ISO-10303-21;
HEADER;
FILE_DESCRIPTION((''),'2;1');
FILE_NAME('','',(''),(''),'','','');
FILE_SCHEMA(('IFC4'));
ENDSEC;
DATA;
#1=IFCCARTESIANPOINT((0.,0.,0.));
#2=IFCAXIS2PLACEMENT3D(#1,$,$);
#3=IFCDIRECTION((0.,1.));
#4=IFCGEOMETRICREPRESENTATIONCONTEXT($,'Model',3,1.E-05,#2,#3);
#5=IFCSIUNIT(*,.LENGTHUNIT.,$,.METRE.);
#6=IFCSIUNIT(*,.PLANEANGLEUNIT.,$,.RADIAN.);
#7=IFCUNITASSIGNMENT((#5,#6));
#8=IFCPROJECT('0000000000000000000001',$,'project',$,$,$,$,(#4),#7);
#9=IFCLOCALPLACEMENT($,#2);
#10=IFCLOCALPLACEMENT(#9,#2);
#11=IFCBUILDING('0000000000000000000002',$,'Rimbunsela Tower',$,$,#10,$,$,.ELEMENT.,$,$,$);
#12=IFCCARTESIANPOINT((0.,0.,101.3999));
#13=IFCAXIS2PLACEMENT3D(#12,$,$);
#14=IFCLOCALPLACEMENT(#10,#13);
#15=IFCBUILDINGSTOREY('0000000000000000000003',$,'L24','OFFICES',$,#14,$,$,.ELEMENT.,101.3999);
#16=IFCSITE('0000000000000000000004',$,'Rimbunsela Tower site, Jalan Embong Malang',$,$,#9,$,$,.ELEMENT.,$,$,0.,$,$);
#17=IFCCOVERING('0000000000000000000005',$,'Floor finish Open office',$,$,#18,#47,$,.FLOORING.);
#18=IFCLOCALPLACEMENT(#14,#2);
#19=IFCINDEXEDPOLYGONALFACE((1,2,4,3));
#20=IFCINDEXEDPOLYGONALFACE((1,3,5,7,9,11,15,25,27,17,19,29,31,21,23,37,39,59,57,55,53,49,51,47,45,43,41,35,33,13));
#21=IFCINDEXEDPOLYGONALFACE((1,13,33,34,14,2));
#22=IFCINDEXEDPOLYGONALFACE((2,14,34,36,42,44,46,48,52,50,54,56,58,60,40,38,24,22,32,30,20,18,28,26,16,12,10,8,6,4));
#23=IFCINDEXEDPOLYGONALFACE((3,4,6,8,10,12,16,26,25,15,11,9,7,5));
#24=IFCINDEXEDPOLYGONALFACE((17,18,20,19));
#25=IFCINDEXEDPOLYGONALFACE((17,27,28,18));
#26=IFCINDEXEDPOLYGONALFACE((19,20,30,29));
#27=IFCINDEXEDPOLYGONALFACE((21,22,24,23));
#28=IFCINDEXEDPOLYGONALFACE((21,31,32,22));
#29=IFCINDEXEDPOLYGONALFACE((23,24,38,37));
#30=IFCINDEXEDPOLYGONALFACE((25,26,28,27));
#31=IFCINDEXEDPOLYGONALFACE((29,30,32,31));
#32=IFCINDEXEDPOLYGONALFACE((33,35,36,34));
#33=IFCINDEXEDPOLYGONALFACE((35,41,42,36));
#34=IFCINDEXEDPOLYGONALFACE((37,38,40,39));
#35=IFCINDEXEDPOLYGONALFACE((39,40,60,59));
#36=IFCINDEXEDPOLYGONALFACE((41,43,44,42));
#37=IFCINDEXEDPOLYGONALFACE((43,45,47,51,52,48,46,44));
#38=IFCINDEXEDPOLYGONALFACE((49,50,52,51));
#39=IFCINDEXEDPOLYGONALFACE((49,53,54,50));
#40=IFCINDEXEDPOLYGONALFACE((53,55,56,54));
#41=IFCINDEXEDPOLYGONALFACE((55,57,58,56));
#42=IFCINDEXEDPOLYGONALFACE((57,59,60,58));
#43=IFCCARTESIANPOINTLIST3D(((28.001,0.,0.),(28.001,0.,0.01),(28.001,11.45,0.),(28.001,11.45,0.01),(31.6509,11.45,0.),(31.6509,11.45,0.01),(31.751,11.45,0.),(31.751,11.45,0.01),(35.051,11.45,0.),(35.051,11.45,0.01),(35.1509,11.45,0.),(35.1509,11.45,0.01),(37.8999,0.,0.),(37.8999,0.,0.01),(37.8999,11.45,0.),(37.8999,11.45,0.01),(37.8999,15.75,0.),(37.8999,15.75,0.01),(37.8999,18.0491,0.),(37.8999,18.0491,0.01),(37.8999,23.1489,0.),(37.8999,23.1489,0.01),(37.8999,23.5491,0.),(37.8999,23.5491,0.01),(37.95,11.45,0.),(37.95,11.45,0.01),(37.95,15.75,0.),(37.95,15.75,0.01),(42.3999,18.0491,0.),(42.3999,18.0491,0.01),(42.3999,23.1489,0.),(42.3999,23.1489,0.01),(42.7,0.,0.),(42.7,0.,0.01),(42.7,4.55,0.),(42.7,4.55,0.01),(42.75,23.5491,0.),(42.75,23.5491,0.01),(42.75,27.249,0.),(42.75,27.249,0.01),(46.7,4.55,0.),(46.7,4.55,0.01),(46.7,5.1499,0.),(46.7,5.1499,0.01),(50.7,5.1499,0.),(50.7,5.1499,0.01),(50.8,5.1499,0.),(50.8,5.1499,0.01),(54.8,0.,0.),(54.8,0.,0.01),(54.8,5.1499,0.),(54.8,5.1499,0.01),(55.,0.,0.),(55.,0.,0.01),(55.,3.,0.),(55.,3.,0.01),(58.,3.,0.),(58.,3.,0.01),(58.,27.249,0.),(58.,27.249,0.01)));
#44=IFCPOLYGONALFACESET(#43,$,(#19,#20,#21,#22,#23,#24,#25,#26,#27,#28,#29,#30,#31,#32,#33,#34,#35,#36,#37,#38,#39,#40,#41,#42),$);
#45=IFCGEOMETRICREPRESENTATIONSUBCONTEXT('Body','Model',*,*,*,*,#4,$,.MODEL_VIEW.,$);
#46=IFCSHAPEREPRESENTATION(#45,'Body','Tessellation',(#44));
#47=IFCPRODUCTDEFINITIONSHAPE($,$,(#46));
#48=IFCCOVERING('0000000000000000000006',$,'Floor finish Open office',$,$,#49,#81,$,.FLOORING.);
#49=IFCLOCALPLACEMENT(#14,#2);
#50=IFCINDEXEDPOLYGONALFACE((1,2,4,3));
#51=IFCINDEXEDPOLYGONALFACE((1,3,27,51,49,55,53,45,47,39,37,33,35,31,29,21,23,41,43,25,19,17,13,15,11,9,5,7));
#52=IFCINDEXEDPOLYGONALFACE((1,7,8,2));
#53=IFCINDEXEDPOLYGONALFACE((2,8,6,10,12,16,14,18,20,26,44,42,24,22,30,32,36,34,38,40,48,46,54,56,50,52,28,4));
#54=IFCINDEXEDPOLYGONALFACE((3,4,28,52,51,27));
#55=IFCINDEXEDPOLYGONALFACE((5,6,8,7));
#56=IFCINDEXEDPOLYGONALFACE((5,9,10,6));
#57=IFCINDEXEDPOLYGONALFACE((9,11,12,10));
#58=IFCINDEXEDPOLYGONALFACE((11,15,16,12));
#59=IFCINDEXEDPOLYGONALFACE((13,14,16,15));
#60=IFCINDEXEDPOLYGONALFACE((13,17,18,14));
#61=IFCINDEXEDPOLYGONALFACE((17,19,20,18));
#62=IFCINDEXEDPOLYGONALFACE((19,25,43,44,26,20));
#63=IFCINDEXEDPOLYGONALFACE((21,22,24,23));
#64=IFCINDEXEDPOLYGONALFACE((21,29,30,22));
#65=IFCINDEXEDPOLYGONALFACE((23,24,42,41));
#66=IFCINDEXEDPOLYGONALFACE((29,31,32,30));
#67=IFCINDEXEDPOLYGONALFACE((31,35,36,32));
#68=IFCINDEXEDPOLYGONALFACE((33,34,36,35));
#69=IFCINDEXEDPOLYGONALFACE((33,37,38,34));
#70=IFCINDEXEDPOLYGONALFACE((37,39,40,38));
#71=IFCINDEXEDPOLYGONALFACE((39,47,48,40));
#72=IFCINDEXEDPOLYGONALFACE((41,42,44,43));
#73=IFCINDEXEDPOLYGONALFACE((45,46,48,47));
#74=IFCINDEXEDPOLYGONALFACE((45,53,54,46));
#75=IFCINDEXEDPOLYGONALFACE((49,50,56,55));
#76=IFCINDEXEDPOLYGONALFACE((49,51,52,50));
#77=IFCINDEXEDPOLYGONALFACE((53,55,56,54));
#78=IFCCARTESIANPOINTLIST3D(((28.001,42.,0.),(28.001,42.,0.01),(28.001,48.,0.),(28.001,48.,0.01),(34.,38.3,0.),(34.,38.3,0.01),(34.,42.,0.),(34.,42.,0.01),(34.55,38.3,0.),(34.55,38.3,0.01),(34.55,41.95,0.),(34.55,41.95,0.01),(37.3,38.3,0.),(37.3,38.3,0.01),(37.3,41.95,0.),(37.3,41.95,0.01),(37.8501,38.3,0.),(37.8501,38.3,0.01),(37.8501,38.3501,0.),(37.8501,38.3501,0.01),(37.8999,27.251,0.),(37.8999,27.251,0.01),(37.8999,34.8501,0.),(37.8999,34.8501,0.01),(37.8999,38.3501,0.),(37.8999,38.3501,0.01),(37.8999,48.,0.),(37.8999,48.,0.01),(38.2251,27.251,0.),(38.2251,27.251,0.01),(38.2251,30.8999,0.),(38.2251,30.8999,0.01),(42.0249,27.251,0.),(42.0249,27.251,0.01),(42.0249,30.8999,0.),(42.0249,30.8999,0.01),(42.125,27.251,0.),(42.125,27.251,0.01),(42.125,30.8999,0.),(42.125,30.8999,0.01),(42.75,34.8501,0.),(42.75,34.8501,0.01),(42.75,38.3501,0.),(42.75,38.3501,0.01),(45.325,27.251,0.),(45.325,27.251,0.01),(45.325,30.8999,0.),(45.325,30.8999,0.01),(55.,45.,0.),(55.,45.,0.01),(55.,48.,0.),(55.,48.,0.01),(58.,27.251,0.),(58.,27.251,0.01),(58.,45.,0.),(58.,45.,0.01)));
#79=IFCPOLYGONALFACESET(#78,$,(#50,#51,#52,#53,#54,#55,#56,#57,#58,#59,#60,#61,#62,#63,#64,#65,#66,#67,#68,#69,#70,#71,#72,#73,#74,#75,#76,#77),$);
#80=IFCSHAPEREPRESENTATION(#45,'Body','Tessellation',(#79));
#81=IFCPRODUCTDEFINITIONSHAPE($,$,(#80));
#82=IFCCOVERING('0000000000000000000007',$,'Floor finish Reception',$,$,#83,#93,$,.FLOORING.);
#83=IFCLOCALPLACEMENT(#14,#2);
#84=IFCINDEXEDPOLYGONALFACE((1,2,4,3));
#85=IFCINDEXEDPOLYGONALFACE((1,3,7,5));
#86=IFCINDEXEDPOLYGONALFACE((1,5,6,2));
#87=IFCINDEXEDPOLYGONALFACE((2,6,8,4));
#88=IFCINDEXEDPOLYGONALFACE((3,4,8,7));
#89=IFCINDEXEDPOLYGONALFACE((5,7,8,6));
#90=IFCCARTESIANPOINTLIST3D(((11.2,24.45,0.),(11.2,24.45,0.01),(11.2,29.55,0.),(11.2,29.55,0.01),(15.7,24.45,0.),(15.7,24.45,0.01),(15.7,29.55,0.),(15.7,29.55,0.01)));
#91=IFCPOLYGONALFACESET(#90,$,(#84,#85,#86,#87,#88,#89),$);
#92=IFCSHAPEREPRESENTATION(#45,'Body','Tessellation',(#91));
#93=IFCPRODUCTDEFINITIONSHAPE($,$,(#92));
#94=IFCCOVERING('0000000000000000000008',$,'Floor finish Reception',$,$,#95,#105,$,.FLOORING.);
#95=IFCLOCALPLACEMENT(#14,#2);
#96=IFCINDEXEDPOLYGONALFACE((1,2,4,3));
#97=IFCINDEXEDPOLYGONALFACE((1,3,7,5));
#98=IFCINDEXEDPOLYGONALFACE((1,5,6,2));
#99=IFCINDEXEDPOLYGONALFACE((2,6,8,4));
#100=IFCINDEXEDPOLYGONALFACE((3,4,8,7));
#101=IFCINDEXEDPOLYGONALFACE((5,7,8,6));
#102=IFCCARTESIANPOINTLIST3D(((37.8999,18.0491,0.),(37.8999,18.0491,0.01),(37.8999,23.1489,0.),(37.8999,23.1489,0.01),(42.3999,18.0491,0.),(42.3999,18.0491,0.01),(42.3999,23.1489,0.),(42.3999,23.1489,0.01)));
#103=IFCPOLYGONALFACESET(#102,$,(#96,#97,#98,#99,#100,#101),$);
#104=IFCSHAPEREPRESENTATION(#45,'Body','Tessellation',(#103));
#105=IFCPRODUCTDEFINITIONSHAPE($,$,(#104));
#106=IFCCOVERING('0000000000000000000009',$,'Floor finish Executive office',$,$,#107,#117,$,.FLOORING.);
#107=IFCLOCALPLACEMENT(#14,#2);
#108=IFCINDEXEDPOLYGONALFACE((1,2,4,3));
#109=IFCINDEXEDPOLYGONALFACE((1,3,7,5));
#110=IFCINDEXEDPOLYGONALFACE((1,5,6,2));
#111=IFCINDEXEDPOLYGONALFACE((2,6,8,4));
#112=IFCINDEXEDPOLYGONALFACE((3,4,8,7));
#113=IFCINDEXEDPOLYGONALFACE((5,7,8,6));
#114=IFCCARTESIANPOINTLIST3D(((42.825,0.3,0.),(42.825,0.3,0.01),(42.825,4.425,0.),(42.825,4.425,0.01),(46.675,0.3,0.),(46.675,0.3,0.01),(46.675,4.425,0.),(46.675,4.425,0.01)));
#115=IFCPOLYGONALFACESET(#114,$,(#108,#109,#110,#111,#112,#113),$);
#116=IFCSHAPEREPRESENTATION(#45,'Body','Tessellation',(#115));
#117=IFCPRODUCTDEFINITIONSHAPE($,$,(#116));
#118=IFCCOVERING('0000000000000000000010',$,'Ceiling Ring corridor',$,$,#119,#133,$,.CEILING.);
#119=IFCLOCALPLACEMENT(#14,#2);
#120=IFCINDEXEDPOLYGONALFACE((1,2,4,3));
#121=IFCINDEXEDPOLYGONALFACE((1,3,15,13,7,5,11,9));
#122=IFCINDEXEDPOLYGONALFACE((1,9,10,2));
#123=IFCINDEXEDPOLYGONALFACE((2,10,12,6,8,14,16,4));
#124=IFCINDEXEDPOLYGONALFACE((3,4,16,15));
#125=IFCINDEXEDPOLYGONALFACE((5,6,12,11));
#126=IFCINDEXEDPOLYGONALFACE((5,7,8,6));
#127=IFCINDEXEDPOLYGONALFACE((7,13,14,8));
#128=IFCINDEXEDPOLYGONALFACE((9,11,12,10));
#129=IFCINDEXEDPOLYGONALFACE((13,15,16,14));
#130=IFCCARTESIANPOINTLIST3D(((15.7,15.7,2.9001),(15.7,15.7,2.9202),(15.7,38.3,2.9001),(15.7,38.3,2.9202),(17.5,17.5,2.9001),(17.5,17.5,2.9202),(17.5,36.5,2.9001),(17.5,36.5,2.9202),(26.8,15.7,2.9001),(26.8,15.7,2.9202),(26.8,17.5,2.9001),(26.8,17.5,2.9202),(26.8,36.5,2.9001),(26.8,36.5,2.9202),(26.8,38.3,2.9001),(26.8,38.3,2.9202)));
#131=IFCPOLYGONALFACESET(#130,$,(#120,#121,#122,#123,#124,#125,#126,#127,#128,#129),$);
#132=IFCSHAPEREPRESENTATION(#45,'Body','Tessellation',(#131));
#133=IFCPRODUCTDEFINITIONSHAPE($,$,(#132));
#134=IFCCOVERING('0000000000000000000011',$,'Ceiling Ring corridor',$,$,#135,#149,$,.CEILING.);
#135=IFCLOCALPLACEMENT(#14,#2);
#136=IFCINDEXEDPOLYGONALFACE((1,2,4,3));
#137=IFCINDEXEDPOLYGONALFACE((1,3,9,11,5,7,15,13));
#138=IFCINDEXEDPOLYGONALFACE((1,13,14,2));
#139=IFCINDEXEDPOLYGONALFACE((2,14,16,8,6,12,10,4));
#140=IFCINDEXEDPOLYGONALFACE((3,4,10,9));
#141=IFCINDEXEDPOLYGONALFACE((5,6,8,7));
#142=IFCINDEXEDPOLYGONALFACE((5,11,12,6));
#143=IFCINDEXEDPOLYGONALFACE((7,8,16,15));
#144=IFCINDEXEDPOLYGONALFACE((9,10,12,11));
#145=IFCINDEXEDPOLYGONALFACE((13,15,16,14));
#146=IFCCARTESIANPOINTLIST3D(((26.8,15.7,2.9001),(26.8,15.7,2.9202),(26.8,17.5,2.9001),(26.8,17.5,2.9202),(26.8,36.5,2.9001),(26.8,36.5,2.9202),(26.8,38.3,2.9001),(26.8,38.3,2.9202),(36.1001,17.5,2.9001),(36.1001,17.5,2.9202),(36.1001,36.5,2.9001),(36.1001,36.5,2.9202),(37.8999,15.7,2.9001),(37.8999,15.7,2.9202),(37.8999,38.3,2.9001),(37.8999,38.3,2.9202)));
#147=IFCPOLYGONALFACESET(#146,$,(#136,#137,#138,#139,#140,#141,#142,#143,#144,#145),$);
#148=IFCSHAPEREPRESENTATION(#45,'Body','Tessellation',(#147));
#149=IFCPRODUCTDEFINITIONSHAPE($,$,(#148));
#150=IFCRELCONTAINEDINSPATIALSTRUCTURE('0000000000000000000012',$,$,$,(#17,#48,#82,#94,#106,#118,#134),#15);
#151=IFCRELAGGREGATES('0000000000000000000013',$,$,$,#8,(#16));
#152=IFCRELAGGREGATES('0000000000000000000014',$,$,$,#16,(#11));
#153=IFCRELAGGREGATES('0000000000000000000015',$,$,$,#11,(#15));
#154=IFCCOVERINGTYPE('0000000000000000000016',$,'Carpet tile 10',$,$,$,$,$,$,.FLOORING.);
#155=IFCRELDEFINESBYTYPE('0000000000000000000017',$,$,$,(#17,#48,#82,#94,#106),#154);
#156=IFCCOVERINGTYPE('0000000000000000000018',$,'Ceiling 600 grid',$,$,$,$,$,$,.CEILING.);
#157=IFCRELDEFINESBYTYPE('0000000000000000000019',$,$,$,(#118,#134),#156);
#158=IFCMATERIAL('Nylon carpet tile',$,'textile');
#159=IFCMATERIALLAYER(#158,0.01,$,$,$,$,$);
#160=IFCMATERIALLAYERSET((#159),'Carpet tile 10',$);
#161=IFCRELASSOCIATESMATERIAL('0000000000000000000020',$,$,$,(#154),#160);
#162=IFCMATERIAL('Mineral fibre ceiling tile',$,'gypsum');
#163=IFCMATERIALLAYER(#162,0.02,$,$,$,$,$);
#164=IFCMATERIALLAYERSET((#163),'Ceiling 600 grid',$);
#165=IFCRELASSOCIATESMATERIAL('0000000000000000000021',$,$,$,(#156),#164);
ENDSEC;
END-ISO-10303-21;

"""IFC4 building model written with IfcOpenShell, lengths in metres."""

from ifc_helpers import new_model, si_unit, direction, frame, origin, place, context, subcontext, project, spatial, polyline, outline, extrude, material, layer, layer_set, type_object, element, save


model = new_model("IFC4")

# Units and contexts
model_context = context("Model", 3, precision=1e-05, world=origin(), true_north=direction((0.0, 1.0)))
body_context = subcontext(model_context, "Body", "Model", "MODEL_VIEW")
ifc_project = project(units=[si_unit("LENGTHUNIT", "METRE"), si_unit("PLANEANGLEUNIT", "RADIAN")], contexts=[model_context])

# Site, building, storey
site_placement = place(None, origin())
site = spatial("IfcSite", under=ifc_project, at=site_placement, Name="Rimbunsela Tower site, Jalan Embong Malang", CompositionType="ELEMENT", RefElevation=0.0)
building_placement = place(site_placement, origin())
building = spatial("IfcBuilding", under=site, at=building_placement, Name="Rimbunsela Tower", CompositionType="ELEMENT")
storey_placement = place(building_placement, frame((0.0, 0.0, 101.3999)))
storey = spatial("IfcBuildingStorey", under=building, at=storey_placement, Name="L24", Description="OFFICES", CompositionType="ELEMENT", Elevation=101.3999)

# Coverings
ifc_material_1 = material(Name="Nylon carpet tile", Category="textile")
ifc_layer_1 = layer(ifc_material_1, 0.01)
ifc_layer_set_1 = layer_set([ifc_layer_1], Name="Carpet tile 10")
covering_type_1 = type_object("IfcCoveringType", Name="Carpet tile 10", PredefinedType="FLOORING", material=ifc_layer_set_1)
covering_1_placement = place(storey_placement, origin())
element("IfcCovering", 1, at=covering_1_placement, inside=storey, type_object=covering_type_1, Name="Floor finish Open office", PredefinedType="FLOORING", context=body_context, shape_type="SweptSolid", body=[
    extrude(outline(polyline([(28.001, 11.45), (31.6509, 11.45), (31.751, 11.45), (35.051, 11.45), (35.1509, 11.45), (37.8999, 11.45), (37.95, 11.45), (37.95, 15.75), (37.8999, 15.75), (37.8999, 18.0491), (42.3999, 18.0491), (42.3999, 23.1489), (37.8999, 23.1489), (37.8999, 23.5491), (42.75, 23.5491), (42.75, 27.249), (58.0, 27.249), (58.0, 3.0), (55.0, 3.0), (55.0, 0.0), (54.8, 0.0), (54.8, 5.1499), (50.8, 5.1499), (50.7, 5.1499), (46.7, 5.1499), (46.7, 4.55), (42.7, 4.55), (42.7, 0.0), (37.8999, 0.0), (28.001, 0.0), (28.001, 11.45)])), origin(), (0.0, 0.0, 1.0), 0.01),
])
covering_2_placement = place(storey_placement, origin())
element("IfcCovering", 2, at=covering_2_placement, inside=storey, type_object=covering_type_1, Name="Floor finish Open office", PredefinedType="FLOORING", context=body_context, shape_type="SweptSolid", body=[
    extrude(outline(polyline([(58.0, 27.251), (45.325, 27.251), (45.325, 30.8999), (42.125, 30.8999), (42.125, 27.251), (42.0249, 27.251), (42.0249, 30.8999), (38.2251, 30.8999), (38.2251, 27.251), (37.8999, 27.251), (37.8999, 34.8501), (42.75, 34.8501), (42.75, 38.3501), (37.8999, 38.3501), (37.8501, 38.3501), (37.8501, 38.3), (37.3, 38.3), (37.3, 41.95), (34.55, 41.95), (34.55, 38.3), (34.0, 38.3), (34.0, 42.0), (28.001, 42.0), (28.001, 48.0), (37.8999, 48.0), (55.0, 48.0), (55.0, 45.0), (58.0, 45.0), (58.0, 27.251)])), origin(), (0.0, 0.0, 1.0), 0.01),
])
covering_3_placement = place(storey_placement, origin())
element("IfcCovering", 3, at=covering_3_placement, inside=storey, type_object=covering_type_1, Name="Floor finish Reception", PredefinedType="FLOORING", context=body_context, shape_type="SweptSolid", body=[
    extrude(outline(polyline([(15.7, 24.45), (15.7, 29.55), (11.2, 29.55), (11.2, 24.45), (15.7, 24.45)])), origin(), (0.0, 0.0, 1.0), 0.01),
])
covering_4_placement = place(storey_placement, origin())
element("IfcCovering", 4, at=covering_4_placement, inside=storey, type_object=covering_type_1, Name="Floor finish Reception", PredefinedType="FLOORING", context=body_context, shape_type="SweptSolid", body=[
    extrude(outline(polyline([(42.3999, 18.0491), (42.3999, 23.1489), (37.8999, 23.1489), (37.8999, 18.0491), (42.3999, 18.0491)])), origin(), (0.0, 0.0, 1.0), 0.01),
])
covering_5_placement = place(storey_placement, origin())
element("IfcCovering", 5, at=covering_5_placement, inside=storey, type_object=covering_type_1, Name="Floor finish Executive office", PredefinedType="FLOORING", context=body_context, shape_type="SweptSolid", body=[
    extrude(outline(polyline([(46.675, 0.3), (46.675, 4.425), (42.825, 4.425), (42.825, 0.3), (46.675, 0.3)])), origin(), (0.0, 0.0, 1.0), 0.01),
])
ifc_material_2 = material(Name="Mineral fibre ceiling tile", Category="gypsum")
ifc_layer_2 = layer(ifc_material_2, 0.02)
ifc_layer_set_2 = layer_set([ifc_layer_2], Name="Ceiling 600 grid")
covering_type_2 = type_object("IfcCoveringType", Name="Ceiling 600 grid", PredefinedType="CEILING", material=ifc_layer_set_2)
covering_6_placement = place(storey_placement, frame((0.0, 0.0, 2.9001)))
element("IfcCovering", 6, at=covering_6_placement, inside=storey, type_object=covering_type_2, Name="Ceiling Ring corridor", PredefinedType="CEILING", context=body_context, shape_type="SweptSolid", body=[
    extrude(outline(polyline([(15.7, 38.3), (26.8, 38.3), (26.8, 36.5), (17.5, 36.5), (17.5, 17.5), (26.8, 17.5), (26.8, 15.7), (15.7, 15.7), (15.7, 38.3)])), origin(), (0.0, 0.0, 1.0), 0.02),
])
covering_7_placement = place(storey_placement, frame((0.0, 0.0, 2.9001)))
element("IfcCovering", 7, at=covering_7_placement, inside=storey, type_object=covering_type_2, Name="Ceiling Ring corridor", PredefinedType="CEILING", context=body_context, shape_type="SweptSolid", body=[
    extrude(outline(polyline([(37.8999, 38.3), (37.8999, 15.7), (26.8, 15.7), (26.8, 17.5), (36.1001, 17.5), (36.1001, 36.5), (26.8, 36.5), (26.8, 38.3), (37.8999, 38.3)])), origin(), (0.0, 0.0, 1.0), 0.02),
])

save(model, "model.ifc")
